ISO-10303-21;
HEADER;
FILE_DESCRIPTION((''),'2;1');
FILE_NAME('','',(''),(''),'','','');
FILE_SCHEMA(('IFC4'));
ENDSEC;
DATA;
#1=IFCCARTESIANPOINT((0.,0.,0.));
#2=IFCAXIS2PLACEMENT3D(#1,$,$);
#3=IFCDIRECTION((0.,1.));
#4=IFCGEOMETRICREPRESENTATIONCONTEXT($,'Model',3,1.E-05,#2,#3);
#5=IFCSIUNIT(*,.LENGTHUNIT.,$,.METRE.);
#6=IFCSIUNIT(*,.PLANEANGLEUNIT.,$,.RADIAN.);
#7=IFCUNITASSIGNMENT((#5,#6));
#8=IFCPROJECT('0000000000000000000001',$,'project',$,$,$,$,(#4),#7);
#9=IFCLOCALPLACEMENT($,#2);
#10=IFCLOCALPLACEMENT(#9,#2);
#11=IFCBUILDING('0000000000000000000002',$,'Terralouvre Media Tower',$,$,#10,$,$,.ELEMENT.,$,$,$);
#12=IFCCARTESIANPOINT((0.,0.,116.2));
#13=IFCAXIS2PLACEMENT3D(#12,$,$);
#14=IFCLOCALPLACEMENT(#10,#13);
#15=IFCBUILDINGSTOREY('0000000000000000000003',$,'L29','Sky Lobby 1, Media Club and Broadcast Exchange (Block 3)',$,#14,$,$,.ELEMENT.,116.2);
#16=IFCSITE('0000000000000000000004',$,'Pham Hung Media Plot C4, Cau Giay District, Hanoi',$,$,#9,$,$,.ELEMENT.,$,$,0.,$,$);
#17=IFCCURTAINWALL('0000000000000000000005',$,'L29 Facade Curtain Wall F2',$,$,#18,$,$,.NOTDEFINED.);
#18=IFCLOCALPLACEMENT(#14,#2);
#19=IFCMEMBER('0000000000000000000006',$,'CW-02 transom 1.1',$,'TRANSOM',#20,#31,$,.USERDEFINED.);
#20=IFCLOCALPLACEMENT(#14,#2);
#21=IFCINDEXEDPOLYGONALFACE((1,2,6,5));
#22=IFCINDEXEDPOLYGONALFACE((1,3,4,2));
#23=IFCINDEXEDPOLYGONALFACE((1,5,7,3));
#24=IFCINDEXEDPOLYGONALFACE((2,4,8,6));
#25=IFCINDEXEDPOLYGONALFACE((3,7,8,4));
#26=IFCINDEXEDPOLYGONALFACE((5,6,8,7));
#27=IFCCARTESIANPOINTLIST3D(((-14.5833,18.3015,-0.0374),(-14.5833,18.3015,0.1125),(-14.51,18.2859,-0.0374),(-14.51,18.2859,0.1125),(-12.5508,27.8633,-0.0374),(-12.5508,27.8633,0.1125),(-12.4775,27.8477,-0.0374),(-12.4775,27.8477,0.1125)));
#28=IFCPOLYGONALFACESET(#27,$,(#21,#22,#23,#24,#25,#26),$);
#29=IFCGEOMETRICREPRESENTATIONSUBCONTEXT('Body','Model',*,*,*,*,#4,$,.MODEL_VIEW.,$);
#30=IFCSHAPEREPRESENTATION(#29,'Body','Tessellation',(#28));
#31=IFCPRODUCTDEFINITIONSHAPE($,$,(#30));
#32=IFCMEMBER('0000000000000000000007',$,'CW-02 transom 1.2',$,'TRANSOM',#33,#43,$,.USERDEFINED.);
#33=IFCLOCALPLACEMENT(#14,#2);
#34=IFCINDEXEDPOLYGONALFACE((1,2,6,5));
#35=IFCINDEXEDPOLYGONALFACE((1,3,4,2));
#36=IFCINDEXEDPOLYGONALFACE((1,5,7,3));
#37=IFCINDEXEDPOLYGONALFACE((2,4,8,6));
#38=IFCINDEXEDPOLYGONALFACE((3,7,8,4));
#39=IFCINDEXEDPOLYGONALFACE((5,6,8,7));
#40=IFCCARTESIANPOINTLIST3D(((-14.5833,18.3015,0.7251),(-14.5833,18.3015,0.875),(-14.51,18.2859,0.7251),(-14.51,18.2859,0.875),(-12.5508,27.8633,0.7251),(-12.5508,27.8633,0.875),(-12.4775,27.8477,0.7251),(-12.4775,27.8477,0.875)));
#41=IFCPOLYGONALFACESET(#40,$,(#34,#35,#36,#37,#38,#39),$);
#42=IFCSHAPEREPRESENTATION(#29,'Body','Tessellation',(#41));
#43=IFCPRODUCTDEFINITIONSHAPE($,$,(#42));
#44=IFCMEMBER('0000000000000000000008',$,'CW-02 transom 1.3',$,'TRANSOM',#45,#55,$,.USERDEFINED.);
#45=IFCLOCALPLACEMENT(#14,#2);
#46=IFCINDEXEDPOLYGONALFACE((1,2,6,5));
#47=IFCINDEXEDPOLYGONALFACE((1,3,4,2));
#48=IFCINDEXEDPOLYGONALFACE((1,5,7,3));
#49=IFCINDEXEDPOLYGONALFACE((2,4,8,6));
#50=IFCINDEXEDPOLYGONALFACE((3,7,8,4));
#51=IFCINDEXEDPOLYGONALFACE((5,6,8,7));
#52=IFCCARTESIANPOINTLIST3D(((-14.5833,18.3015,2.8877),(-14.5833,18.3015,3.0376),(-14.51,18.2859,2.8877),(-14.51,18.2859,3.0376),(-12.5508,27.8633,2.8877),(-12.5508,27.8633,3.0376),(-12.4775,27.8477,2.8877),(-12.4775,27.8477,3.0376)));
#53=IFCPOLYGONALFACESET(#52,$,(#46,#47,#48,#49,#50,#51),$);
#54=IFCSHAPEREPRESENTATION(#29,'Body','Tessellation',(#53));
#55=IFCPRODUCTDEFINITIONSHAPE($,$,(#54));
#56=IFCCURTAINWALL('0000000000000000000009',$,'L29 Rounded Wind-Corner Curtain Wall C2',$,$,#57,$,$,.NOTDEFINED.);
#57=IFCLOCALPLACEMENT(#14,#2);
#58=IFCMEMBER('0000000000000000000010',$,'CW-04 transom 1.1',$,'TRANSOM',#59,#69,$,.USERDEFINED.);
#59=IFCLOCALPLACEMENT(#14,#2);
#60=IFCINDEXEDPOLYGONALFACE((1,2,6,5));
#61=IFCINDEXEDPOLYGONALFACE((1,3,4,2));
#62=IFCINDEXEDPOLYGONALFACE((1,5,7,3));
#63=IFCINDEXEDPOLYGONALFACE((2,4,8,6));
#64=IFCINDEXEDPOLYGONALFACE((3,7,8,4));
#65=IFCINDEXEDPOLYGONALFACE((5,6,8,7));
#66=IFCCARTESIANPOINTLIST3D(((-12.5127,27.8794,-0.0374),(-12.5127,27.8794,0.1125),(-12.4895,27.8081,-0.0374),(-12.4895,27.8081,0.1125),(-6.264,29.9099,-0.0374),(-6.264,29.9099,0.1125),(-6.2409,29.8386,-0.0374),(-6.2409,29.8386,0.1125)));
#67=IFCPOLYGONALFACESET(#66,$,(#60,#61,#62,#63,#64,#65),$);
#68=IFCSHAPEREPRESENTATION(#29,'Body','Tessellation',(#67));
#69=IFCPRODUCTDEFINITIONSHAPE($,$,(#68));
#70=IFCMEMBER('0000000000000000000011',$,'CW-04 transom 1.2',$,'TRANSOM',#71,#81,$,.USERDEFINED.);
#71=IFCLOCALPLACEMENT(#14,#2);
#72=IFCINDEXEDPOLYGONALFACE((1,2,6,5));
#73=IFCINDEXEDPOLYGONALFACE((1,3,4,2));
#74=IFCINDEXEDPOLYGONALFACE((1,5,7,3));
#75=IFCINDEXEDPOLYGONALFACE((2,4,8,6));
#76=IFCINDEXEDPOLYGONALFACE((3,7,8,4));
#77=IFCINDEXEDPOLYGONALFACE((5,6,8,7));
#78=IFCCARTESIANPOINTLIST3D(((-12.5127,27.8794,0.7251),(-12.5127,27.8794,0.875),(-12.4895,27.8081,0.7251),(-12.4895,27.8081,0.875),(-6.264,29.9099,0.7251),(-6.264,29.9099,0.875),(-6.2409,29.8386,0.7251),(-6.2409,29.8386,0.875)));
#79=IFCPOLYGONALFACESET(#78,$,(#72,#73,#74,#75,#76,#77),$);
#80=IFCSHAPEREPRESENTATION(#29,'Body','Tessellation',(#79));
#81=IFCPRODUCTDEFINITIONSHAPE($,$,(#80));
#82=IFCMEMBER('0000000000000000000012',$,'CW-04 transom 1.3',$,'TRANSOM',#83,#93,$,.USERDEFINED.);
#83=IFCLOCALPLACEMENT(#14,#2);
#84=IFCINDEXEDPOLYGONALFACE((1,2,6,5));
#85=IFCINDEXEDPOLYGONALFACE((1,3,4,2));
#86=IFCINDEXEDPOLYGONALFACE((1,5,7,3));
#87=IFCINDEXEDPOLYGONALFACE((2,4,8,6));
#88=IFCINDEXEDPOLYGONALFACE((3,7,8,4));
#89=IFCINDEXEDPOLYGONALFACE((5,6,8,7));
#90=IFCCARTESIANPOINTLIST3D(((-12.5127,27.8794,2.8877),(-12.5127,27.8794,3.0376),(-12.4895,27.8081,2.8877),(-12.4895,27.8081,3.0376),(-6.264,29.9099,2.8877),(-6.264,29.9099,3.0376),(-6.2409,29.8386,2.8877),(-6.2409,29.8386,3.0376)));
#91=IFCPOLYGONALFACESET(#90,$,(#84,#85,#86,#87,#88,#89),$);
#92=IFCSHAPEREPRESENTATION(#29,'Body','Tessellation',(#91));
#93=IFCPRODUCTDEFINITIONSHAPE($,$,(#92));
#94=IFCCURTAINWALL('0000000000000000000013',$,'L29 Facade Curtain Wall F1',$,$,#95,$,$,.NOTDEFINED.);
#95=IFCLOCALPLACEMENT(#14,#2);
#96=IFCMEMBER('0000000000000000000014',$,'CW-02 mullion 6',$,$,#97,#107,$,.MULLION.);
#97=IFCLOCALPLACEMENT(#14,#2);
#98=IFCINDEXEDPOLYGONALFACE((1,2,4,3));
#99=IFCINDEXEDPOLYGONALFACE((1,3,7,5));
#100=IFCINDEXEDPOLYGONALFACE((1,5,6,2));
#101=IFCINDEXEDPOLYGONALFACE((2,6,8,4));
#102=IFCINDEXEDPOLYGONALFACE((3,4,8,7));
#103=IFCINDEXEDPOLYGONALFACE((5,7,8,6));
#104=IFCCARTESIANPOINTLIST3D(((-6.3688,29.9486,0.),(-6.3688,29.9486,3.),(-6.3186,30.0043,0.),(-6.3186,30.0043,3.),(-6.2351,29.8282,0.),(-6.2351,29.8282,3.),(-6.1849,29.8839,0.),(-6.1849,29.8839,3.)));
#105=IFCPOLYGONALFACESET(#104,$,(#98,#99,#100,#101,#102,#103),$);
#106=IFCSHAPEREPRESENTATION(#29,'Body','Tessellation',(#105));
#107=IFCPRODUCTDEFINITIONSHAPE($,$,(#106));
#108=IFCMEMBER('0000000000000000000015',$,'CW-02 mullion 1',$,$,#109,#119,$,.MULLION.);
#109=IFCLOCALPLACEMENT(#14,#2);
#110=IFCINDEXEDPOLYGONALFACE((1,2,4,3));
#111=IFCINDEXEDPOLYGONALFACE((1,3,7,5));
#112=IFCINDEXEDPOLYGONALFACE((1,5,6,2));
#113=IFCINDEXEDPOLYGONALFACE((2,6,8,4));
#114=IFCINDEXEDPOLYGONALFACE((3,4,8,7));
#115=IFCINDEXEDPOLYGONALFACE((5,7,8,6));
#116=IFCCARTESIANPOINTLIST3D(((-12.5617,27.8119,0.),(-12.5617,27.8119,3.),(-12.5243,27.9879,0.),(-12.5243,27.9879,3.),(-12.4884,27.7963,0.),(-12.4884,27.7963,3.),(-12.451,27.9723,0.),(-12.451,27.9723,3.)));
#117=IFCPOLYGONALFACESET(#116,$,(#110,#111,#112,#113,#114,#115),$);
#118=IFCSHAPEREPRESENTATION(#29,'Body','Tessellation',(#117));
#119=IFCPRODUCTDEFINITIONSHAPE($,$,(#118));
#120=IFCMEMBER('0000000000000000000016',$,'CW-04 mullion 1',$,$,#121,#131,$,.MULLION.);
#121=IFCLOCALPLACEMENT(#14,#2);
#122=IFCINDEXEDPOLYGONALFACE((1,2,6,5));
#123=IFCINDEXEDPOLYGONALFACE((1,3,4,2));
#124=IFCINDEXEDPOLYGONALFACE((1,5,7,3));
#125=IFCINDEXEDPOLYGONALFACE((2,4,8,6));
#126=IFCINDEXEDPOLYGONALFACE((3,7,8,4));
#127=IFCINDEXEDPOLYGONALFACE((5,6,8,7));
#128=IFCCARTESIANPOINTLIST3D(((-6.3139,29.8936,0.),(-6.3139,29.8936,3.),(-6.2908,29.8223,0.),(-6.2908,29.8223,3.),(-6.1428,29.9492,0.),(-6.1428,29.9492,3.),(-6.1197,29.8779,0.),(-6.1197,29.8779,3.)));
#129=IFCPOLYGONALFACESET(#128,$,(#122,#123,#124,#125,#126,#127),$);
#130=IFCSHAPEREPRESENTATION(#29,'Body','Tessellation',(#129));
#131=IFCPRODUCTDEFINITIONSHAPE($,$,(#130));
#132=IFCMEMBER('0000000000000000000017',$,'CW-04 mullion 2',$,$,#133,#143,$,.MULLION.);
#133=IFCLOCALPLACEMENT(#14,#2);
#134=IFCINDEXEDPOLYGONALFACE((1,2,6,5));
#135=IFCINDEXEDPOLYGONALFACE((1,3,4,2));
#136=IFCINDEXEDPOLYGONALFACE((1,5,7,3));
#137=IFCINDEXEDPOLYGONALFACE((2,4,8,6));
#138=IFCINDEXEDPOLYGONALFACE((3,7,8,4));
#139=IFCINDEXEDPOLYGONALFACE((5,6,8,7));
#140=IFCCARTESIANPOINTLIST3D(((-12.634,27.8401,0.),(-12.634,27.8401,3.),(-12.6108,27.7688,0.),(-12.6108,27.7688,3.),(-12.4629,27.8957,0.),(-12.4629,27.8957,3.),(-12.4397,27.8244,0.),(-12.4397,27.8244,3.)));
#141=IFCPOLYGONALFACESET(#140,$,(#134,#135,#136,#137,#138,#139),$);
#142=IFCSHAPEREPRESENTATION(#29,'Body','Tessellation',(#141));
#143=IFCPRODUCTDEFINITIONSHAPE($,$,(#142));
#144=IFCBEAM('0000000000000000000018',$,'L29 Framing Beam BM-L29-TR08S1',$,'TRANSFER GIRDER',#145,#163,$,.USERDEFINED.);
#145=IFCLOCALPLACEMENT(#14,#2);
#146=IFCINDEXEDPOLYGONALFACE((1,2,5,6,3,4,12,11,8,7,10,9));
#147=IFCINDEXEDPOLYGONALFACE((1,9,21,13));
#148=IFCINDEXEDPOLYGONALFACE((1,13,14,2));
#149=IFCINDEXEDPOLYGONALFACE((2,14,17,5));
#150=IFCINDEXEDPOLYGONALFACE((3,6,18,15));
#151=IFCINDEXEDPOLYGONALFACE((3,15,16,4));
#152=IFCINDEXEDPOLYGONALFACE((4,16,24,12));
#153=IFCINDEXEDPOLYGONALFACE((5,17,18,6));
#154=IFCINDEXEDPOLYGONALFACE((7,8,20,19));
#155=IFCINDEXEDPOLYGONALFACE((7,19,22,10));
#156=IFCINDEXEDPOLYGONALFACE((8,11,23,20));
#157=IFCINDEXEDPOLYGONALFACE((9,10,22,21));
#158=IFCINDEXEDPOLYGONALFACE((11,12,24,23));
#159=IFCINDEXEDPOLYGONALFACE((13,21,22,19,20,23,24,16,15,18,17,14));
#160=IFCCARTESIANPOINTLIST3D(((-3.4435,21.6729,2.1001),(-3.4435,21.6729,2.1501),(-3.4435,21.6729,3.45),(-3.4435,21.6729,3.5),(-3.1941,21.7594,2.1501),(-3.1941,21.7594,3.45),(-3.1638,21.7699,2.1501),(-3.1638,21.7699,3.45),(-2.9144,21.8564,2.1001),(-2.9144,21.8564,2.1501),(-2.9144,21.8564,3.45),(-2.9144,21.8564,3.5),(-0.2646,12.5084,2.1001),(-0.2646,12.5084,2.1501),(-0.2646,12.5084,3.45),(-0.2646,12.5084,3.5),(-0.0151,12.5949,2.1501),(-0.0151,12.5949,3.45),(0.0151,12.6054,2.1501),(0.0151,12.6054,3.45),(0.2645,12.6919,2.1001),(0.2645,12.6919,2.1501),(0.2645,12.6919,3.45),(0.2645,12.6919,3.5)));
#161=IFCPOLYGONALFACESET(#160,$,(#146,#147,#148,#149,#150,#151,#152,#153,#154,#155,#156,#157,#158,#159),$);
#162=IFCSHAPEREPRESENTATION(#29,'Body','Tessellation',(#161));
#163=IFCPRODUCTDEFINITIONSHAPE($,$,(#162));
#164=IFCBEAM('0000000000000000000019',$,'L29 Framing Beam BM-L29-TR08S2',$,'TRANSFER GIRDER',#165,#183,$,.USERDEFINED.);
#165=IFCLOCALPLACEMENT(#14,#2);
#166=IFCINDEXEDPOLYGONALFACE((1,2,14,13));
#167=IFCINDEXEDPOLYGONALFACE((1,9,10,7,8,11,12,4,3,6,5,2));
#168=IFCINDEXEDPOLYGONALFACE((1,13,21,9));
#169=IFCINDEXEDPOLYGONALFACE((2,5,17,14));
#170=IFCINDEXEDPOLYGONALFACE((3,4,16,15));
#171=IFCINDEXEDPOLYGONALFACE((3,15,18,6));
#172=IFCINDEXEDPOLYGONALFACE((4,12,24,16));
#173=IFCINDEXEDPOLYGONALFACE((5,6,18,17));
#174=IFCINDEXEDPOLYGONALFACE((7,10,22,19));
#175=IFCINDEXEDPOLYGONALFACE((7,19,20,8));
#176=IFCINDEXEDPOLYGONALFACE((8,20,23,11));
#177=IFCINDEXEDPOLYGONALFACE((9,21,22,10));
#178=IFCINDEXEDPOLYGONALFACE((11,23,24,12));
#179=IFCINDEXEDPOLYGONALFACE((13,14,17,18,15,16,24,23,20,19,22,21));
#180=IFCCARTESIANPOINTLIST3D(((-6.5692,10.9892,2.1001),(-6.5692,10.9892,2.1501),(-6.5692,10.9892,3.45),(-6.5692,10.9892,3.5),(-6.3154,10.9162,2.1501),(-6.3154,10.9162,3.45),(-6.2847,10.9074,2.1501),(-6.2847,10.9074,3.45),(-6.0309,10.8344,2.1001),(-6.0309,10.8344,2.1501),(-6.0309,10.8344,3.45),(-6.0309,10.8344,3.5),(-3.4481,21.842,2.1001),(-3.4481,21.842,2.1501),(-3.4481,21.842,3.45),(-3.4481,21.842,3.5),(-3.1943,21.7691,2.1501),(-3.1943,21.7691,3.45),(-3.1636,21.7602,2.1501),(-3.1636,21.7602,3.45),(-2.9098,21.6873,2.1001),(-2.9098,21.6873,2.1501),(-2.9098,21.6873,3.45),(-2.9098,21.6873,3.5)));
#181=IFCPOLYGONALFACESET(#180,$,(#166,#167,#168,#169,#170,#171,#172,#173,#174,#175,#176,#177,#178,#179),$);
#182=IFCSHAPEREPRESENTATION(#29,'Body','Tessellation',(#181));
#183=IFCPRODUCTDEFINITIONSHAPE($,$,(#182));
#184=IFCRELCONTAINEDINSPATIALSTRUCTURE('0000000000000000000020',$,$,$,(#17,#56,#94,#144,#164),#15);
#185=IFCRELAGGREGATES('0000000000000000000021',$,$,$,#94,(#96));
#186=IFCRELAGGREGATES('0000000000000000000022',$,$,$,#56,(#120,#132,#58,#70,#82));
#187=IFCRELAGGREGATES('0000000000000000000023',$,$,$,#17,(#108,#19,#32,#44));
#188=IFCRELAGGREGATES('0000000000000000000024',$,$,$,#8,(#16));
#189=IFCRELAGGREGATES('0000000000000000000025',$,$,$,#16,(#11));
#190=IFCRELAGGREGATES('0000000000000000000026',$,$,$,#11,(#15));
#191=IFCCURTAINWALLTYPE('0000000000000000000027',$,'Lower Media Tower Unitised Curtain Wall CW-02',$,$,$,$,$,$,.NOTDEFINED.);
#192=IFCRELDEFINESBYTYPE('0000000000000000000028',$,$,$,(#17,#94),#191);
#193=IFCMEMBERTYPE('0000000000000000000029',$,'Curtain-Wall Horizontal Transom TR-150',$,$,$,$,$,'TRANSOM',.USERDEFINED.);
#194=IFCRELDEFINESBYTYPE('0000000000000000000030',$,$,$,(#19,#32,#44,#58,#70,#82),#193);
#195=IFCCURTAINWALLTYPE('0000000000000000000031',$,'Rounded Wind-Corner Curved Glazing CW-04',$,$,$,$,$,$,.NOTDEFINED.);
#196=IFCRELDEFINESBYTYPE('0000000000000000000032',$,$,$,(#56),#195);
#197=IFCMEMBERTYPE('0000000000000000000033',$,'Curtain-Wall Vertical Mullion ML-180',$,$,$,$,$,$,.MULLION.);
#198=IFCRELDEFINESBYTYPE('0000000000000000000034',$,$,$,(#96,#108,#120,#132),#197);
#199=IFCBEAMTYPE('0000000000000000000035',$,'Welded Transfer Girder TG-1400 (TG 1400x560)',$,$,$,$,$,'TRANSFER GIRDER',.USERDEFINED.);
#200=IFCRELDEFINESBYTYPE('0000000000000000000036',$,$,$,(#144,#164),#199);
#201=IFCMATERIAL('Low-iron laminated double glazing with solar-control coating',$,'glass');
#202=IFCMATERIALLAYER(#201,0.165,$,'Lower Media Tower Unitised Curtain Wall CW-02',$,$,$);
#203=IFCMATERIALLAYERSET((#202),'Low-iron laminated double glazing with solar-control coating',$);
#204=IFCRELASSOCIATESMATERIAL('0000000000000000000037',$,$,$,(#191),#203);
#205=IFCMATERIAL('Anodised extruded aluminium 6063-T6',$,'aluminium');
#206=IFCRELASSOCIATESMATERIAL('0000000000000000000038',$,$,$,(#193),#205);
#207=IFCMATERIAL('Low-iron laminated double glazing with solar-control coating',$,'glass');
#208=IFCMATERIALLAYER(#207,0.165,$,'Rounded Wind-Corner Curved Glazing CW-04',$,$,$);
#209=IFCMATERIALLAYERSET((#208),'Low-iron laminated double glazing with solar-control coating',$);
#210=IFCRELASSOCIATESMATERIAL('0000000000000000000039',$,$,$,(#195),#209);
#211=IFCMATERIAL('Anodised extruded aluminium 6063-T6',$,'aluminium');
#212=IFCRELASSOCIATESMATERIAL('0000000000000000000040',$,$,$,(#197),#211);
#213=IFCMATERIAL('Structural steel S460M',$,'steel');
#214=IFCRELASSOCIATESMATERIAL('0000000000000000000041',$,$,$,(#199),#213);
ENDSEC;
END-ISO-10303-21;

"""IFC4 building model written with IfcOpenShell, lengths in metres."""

from ifc_helpers import new_model, si_unit, direction, frame, origin, origin_2d, place, context, subcontext, project, spatial, rectangle, i_section, extrude, material, layer, layer_set, material_profile, profile_set, type_object, element, aggregate, save


model = new_model("IFC4")

# Units and contexts
model_context = context("Model", 3, precision=1e-05, world=origin(), true_north=direction((0.0, 1.0)))
body_context = subcontext(model_context, "Body", "Model", "MODEL_VIEW")
ifc_project = project(units=[si_unit("LENGTHUNIT", "METRE"), si_unit("PLANEANGLEUNIT", "RADIAN")], contexts=[model_context])

# Site, building, storey
site_placement = place(None, origin())
site = spatial("IfcSite", under=ifc_project, at=site_placement, Name="Pham Hung Media Plot C4, Cau Giay District, Hanoi", CompositionType="ELEMENT", RefElevation=0.0)
building_placement = place(site_placement, origin())
building = spatial("IfcBuilding", under=site, at=building_placement, Name="Terralouvre Media Tower", CompositionType="ELEMENT")
storey_placement = place(building_placement, frame((0.0, 0.0, 116.2)))
storey = spatial("IfcBuildingStorey", under=building, at=storey_placement, Name="L29", Description="Sky Lobby 1, Media Club and Broadcast Exchange (Block 3)", CompositionType="ELEMENT", Elevation=116.2)

# Curtain walls, members
ifc_material_1 = material(Name="Low-iron laminated double glazing with solar-control coating", Category="glass")
ifc_layer_1 = layer(ifc_material_1, 0.165, Name="Lower Media Tower Unitised Curtain Wall CW-02")
ifc_layer_set_1 = layer_set([ifc_layer_1], Name="Low-iron laminated double glazing with solar-control coating")
curtain_wall_type_1 = type_object("IfcCurtainWallType", Name="Lower Media Tower Unitised Curtain Wall CW-02", PredefinedType="NOTDEFINED", material=ifc_layer_set_1)
curtain_wall_1_placement = place(storey_placement, origin())
curtain_wall_1 = element("IfcCurtainWall", 1, at=curtain_wall_1_placement, inside=storey, type_object=curtain_wall_type_1, Name="L29 Facade Curtain Wall F2", PredefinedType="NOTDEFINED")
ifc_material_2 = material(Name="Anodised extruded aluminium 6063-T6", Category="aluminium")
ifc_material_profile_1 = material_profile(ifc_material_2, rectangle(XDim=0.075, YDim=0.1499, at=origin_2d()), Name="ALU 75x150")
ifc_profile_set_1 = profile_set([ifc_material_profile_1], Name="Anodised extruded aluminium 6063-T6")
member_type_1 = type_object("IfcMemberType", Name="Curtain-Wall Horizontal Transom TR-150", ElementType="TRANSOM", PredefinedType="USERDEFINED", material=ifc_profile_set_1)
member_1_placement = place(storey_placement, frame((-12.5142, 27.8555, 0.0376), z_axis=(-0.207917, -0.978146, 0.0), x_axis=(0.978146, -0.207917, 0.0)))
member_1 = element("IfcMember", 2, at=member_1_placement, type_object=member_type_1, Name="CW-02 transom 1.1", ObjectType="TRANSOM", PredefinedType="USERDEFINED", context=body_context, shape_type="SweptSolid", body=[
    extrude(rectangle(XDim=0.075, YDim=0.1499, at=origin_2d()), origin(), (0.0, 0.0, 1.0), 9.7754),
])
member_2_placement = place(storey_placement, frame((-12.5142, 27.8555, 0.8), z_axis=(-0.207917, -0.978146, 0.0), x_axis=(0.978146, -0.207917, 0.0)))
member_2 = element("IfcMember", 3, at=member_2_placement, type_object=member_type_1, Name="CW-02 transom 1.2", ObjectType="TRANSOM", PredefinedType="USERDEFINED", context=body_context, shape_type="SweptSolid", body=[
    extrude(rectangle(XDim=0.075, YDim=0.1499, at=origin_2d()), origin(), (0.0, 0.0, 1.0), 9.7754),
])
member_3_placement = place(storey_placement, frame((-12.5142, 27.8555, 2.9626), z_axis=(-0.207917, -0.978146, 0.0), x_axis=(0.978146, -0.207917, 0.0)))
member_3 = element("IfcMember", 4, at=member_3_placement, type_object=member_type_1, Name="CW-02 transom 1.3", ObjectType="TRANSOM", PredefinedType="USERDEFINED", context=body_context, shape_type="SweptSolid", body=[
    extrude(rectangle(XDim=0.075, YDim=0.1499, at=origin_2d()), origin(), (0.0, 0.0, 1.0), 9.7754),
])
ifc_material_3 = material(Name="Low-iron laminated double glazing with solar-control coating", Category="glass")
ifc_layer_2 = layer(ifc_material_3, 0.165, Name="Rounded Wind-Corner Curved Glazing CW-04")
ifc_layer_set_2 = layer_set([ifc_layer_2], Name="Low-iron laminated double glazing with solar-control coating")
curtain_wall_type_2 = type_object("IfcCurtainWallType", Name="Rounded Wind-Corner Curved Glazing CW-04", PredefinedType="NOTDEFINED", material=ifc_layer_set_2)
curtain_wall_2_placement = place(storey_placement, origin())
curtain_wall_2 = element("IfcCurtainWall", 5, at=curtain_wall_2_placement, inside=storey, type_object=curtain_wall_type_2, Name="L29 Rounded Wind-Corner Curtain Wall C2", PredefinedType="NOTDEFINED")
member_4_placement = place(storey_placement, frame((-6.2524, 29.8743, 0.0376), z_axis=(-0.951049, -0.30904, 0.0), x_axis=(0.30904, -0.951049, 0.0)))
member_4 = element("IfcMember", 6, at=member_4_placement, type_object=member_type_1, Name="CW-04 transom 1.1", ObjectType="TRANSOM", PredefinedType="USERDEFINED", context=body_context, shape_type="SweptSolid", body=[
    extrude(rectangle(XDim=0.075, YDim=0.1499, at=origin_2d()), origin(), (0.0, 0.0, 1.0), 6.5703),
])
member_5_placement = place(storey_placement, frame((-6.2524, 29.8743, 0.8), z_axis=(-0.951049, -0.30904, 0.0), x_axis=(0.30904, -0.951049, 0.0)))
member_5 = element("IfcMember", 7, at=member_5_placement, type_object=member_type_1, Name="CW-04 transom 1.2", ObjectType="TRANSOM", PredefinedType="USERDEFINED", context=body_context, shape_type="SweptSolid", body=[
    extrude(rectangle(XDim=0.075, YDim=0.1499, at=origin_2d()), origin(), (0.0, 0.0, 1.0), 6.5703),
])
member_6_placement = place(storey_placement, frame((-6.2524, 29.8743, 2.9626), z_axis=(-0.951049, -0.30904, 0.0), x_axis=(0.30904, -0.951049, 0.0)))
member_6 = element("IfcMember", 8, at=member_6_placement, type_object=member_type_1, Name="CW-04 transom 1.3", ObjectType="TRANSOM", PredefinedType="USERDEFINED", context=body_context, shape_type="SweptSolid", body=[
    extrude(rectangle(XDim=0.075, YDim=0.1499, at=origin_2d()), origin(), (0.0, 0.0, 1.0), 6.5703),
])

# Curtain wall, member
curtain_wall_3_placement = place(storey_placement, origin())
curtain_wall_3 = element("IfcCurtainWall", 9, at=curtain_wall_3_placement, inside=storey, type_object=curtain_wall_type_1, Name="L29 Facade Curtain Wall F1", PredefinedType="NOTDEFINED")
ifc_material_4 = material(Name="Anodised extruded aluminium 6063-T6", Category="aluminium")
ifc_material_profile_2 = material_profile(ifc_material_4, rectangle(XDim=0.075, YDim=0.1799, at=origin_2d()), Name="ALU 75x180")
ifc_profile_set_2 = profile_set([ifc_material_profile_2], Name="Anodised extruded aluminium 6063-T6")
member_type_2 = type_object("IfcMemberType", Name="Curtain-Wall Vertical Mullion ML-180", PredefinedType="MULLION", material=ifc_profile_set_2)
member_7_placement = place(storey_placement, frame((-6.2769, 29.9163, 0.0), z_axis=(0.0, 0.0, 1.0), x_axis=(-0.669131, -0.743145, 0.0)))
member_7 = element("IfcMember", 10, at=member_7_placement, type_object=member_type_2, Name="CW-02 mullion 6", PredefinedType="MULLION", context=body_context, shape_type="SweptSolid", body=[
    extrude(rectangle(XDim=0.075, YDim=0.1799, at=origin_2d()), origin(), (0.0, 0.0, 1.0), 3.0),
])
aggregate(curtain_wall_3, [member_7])

# Members
member_8_placement = place(storey_placement, frame((-12.5063, 27.8921, 0.0), z_axis=(0.0, 0.0, 1.0), x_axis=(0.978148, -0.207912, 0.0)))
member_8 = element("IfcMember", 11, at=member_8_placement, type_object=member_type_2, Name="CW-02 mullion 1", PredefinedType="MULLION", context=body_context, shape_type="SweptSolid", body=[
    extrude(rectangle(XDim=0.075, YDim=0.1799, at=origin_2d()), origin(), (0.0, 0.0, 1.0), 3.0),
])
member_9_placement = place(storey_placement, frame((-6.2168, 29.8857, 0.0), z_axis=(0.0, 0.0, 1.0), x_axis=(0.309018, -0.951056, 0.0)))
member_9 = element("IfcMember", 12, at=member_9_placement, type_object=member_type_2, Name="CW-04 mullion 1", PredefinedType="MULLION", context=body_context, shape_type="SweptSolid", body=[
    extrude(rectangle(XDim=0.075, YDim=0.1799, at=origin_2d()), origin(), (0.0, 0.0, 1.0), 3.0),
])
member_10_placement = place(storey_placement, frame((-12.5369, 27.8323, 0.0), z_axis=(0.0, 0.0, 1.0), x_axis=(0.309018, -0.951056, 0.0)))
member_10 = element("IfcMember", 13, at=member_10_placement, type_object=member_type_2, Name="CW-04 mullion 2", PredefinedType="MULLION", context=body_context, shape_type="SweptSolid", body=[
    extrude(rectangle(XDim=0.075, YDim=0.1799, at=origin_2d()), origin(), (0.0, 0.0, 1.0), 3.0),
])

# Beams
ifc_material_5 = material(Name="Structural steel S460M", Category="steel")
ifc_material_profile_3 = material_profile(ifc_material_5, i_section(OverallWidth=0.5601, OverallDepth=1.3999, WebThickness=0.032, FlangeThickness=0.05, at=origin_2d()), Name="TG 1400x560")
ifc_profile_set_3 = profile_set([ifc_material_profile_3], Name="Structural steel S460M")
beam_type = type_object("IfcBeamType", Name="Welded Transfer Girder TG-1400 (TG 1400x560)", ElementType="TRANSFER GIRDER", PredefinedType="USERDEFINED", material=ifc_profile_set_3)
beam_1_placement = place(storey_placement, frame((-3.179, 21.7646, 2.8), z_axis=(0.327719, -0.944775, 0.0), x_axis=(0.944775, 0.327719, 0.0)))
element("IfcBeam", 14, at=beam_1_placement, inside=storey, type_object=beam_type, Name="L29 Framing Beam BM-L29-TR08S1", ObjectType="TRANSFER GIRDER", PredefinedType="USERDEFINED", context=body_context, shape_type="SweptSolid", body=[
    extrude(i_section(OverallWidth=0.5601, OverallDepth=1.3999, WebThickness=0.032, FlangeThickness=0.05, at=origin_2d()), origin(), (0.0, 0.0, 1.0), 9.7002),
])
beam_2_placement = place(storey_placement, frame((-3.179, 21.7646, 2.8), z_axis=(-0.276383, -0.961048, 0.0), x_axis=(0.961048, -0.276383, 0.0)))
element("IfcBeam", 15, at=beam_2_placement, inside=storey, type_object=beam_type, Name="L29 Framing Beam BM-L29-TR08S2", ObjectType="TRANSFER GIRDER", PredefinedType="USERDEFINED", context=body_context, shape_type="SweptSolid", body=[
    extrude(i_section(OverallWidth=0.5601, OverallDepth=1.3999, WebThickness=0.032, FlangeThickness=0.05, at=origin_2d()), origin(), (0.0, 0.0, 1.0), 11.2927),
])

aggregate(curtain_wall_2, [member_9, member_10, member_4, member_5, member_6])
aggregate(curtain_wall_1, [member_8, member_1, member_2, member_3])

save(model, "model.ifc")
